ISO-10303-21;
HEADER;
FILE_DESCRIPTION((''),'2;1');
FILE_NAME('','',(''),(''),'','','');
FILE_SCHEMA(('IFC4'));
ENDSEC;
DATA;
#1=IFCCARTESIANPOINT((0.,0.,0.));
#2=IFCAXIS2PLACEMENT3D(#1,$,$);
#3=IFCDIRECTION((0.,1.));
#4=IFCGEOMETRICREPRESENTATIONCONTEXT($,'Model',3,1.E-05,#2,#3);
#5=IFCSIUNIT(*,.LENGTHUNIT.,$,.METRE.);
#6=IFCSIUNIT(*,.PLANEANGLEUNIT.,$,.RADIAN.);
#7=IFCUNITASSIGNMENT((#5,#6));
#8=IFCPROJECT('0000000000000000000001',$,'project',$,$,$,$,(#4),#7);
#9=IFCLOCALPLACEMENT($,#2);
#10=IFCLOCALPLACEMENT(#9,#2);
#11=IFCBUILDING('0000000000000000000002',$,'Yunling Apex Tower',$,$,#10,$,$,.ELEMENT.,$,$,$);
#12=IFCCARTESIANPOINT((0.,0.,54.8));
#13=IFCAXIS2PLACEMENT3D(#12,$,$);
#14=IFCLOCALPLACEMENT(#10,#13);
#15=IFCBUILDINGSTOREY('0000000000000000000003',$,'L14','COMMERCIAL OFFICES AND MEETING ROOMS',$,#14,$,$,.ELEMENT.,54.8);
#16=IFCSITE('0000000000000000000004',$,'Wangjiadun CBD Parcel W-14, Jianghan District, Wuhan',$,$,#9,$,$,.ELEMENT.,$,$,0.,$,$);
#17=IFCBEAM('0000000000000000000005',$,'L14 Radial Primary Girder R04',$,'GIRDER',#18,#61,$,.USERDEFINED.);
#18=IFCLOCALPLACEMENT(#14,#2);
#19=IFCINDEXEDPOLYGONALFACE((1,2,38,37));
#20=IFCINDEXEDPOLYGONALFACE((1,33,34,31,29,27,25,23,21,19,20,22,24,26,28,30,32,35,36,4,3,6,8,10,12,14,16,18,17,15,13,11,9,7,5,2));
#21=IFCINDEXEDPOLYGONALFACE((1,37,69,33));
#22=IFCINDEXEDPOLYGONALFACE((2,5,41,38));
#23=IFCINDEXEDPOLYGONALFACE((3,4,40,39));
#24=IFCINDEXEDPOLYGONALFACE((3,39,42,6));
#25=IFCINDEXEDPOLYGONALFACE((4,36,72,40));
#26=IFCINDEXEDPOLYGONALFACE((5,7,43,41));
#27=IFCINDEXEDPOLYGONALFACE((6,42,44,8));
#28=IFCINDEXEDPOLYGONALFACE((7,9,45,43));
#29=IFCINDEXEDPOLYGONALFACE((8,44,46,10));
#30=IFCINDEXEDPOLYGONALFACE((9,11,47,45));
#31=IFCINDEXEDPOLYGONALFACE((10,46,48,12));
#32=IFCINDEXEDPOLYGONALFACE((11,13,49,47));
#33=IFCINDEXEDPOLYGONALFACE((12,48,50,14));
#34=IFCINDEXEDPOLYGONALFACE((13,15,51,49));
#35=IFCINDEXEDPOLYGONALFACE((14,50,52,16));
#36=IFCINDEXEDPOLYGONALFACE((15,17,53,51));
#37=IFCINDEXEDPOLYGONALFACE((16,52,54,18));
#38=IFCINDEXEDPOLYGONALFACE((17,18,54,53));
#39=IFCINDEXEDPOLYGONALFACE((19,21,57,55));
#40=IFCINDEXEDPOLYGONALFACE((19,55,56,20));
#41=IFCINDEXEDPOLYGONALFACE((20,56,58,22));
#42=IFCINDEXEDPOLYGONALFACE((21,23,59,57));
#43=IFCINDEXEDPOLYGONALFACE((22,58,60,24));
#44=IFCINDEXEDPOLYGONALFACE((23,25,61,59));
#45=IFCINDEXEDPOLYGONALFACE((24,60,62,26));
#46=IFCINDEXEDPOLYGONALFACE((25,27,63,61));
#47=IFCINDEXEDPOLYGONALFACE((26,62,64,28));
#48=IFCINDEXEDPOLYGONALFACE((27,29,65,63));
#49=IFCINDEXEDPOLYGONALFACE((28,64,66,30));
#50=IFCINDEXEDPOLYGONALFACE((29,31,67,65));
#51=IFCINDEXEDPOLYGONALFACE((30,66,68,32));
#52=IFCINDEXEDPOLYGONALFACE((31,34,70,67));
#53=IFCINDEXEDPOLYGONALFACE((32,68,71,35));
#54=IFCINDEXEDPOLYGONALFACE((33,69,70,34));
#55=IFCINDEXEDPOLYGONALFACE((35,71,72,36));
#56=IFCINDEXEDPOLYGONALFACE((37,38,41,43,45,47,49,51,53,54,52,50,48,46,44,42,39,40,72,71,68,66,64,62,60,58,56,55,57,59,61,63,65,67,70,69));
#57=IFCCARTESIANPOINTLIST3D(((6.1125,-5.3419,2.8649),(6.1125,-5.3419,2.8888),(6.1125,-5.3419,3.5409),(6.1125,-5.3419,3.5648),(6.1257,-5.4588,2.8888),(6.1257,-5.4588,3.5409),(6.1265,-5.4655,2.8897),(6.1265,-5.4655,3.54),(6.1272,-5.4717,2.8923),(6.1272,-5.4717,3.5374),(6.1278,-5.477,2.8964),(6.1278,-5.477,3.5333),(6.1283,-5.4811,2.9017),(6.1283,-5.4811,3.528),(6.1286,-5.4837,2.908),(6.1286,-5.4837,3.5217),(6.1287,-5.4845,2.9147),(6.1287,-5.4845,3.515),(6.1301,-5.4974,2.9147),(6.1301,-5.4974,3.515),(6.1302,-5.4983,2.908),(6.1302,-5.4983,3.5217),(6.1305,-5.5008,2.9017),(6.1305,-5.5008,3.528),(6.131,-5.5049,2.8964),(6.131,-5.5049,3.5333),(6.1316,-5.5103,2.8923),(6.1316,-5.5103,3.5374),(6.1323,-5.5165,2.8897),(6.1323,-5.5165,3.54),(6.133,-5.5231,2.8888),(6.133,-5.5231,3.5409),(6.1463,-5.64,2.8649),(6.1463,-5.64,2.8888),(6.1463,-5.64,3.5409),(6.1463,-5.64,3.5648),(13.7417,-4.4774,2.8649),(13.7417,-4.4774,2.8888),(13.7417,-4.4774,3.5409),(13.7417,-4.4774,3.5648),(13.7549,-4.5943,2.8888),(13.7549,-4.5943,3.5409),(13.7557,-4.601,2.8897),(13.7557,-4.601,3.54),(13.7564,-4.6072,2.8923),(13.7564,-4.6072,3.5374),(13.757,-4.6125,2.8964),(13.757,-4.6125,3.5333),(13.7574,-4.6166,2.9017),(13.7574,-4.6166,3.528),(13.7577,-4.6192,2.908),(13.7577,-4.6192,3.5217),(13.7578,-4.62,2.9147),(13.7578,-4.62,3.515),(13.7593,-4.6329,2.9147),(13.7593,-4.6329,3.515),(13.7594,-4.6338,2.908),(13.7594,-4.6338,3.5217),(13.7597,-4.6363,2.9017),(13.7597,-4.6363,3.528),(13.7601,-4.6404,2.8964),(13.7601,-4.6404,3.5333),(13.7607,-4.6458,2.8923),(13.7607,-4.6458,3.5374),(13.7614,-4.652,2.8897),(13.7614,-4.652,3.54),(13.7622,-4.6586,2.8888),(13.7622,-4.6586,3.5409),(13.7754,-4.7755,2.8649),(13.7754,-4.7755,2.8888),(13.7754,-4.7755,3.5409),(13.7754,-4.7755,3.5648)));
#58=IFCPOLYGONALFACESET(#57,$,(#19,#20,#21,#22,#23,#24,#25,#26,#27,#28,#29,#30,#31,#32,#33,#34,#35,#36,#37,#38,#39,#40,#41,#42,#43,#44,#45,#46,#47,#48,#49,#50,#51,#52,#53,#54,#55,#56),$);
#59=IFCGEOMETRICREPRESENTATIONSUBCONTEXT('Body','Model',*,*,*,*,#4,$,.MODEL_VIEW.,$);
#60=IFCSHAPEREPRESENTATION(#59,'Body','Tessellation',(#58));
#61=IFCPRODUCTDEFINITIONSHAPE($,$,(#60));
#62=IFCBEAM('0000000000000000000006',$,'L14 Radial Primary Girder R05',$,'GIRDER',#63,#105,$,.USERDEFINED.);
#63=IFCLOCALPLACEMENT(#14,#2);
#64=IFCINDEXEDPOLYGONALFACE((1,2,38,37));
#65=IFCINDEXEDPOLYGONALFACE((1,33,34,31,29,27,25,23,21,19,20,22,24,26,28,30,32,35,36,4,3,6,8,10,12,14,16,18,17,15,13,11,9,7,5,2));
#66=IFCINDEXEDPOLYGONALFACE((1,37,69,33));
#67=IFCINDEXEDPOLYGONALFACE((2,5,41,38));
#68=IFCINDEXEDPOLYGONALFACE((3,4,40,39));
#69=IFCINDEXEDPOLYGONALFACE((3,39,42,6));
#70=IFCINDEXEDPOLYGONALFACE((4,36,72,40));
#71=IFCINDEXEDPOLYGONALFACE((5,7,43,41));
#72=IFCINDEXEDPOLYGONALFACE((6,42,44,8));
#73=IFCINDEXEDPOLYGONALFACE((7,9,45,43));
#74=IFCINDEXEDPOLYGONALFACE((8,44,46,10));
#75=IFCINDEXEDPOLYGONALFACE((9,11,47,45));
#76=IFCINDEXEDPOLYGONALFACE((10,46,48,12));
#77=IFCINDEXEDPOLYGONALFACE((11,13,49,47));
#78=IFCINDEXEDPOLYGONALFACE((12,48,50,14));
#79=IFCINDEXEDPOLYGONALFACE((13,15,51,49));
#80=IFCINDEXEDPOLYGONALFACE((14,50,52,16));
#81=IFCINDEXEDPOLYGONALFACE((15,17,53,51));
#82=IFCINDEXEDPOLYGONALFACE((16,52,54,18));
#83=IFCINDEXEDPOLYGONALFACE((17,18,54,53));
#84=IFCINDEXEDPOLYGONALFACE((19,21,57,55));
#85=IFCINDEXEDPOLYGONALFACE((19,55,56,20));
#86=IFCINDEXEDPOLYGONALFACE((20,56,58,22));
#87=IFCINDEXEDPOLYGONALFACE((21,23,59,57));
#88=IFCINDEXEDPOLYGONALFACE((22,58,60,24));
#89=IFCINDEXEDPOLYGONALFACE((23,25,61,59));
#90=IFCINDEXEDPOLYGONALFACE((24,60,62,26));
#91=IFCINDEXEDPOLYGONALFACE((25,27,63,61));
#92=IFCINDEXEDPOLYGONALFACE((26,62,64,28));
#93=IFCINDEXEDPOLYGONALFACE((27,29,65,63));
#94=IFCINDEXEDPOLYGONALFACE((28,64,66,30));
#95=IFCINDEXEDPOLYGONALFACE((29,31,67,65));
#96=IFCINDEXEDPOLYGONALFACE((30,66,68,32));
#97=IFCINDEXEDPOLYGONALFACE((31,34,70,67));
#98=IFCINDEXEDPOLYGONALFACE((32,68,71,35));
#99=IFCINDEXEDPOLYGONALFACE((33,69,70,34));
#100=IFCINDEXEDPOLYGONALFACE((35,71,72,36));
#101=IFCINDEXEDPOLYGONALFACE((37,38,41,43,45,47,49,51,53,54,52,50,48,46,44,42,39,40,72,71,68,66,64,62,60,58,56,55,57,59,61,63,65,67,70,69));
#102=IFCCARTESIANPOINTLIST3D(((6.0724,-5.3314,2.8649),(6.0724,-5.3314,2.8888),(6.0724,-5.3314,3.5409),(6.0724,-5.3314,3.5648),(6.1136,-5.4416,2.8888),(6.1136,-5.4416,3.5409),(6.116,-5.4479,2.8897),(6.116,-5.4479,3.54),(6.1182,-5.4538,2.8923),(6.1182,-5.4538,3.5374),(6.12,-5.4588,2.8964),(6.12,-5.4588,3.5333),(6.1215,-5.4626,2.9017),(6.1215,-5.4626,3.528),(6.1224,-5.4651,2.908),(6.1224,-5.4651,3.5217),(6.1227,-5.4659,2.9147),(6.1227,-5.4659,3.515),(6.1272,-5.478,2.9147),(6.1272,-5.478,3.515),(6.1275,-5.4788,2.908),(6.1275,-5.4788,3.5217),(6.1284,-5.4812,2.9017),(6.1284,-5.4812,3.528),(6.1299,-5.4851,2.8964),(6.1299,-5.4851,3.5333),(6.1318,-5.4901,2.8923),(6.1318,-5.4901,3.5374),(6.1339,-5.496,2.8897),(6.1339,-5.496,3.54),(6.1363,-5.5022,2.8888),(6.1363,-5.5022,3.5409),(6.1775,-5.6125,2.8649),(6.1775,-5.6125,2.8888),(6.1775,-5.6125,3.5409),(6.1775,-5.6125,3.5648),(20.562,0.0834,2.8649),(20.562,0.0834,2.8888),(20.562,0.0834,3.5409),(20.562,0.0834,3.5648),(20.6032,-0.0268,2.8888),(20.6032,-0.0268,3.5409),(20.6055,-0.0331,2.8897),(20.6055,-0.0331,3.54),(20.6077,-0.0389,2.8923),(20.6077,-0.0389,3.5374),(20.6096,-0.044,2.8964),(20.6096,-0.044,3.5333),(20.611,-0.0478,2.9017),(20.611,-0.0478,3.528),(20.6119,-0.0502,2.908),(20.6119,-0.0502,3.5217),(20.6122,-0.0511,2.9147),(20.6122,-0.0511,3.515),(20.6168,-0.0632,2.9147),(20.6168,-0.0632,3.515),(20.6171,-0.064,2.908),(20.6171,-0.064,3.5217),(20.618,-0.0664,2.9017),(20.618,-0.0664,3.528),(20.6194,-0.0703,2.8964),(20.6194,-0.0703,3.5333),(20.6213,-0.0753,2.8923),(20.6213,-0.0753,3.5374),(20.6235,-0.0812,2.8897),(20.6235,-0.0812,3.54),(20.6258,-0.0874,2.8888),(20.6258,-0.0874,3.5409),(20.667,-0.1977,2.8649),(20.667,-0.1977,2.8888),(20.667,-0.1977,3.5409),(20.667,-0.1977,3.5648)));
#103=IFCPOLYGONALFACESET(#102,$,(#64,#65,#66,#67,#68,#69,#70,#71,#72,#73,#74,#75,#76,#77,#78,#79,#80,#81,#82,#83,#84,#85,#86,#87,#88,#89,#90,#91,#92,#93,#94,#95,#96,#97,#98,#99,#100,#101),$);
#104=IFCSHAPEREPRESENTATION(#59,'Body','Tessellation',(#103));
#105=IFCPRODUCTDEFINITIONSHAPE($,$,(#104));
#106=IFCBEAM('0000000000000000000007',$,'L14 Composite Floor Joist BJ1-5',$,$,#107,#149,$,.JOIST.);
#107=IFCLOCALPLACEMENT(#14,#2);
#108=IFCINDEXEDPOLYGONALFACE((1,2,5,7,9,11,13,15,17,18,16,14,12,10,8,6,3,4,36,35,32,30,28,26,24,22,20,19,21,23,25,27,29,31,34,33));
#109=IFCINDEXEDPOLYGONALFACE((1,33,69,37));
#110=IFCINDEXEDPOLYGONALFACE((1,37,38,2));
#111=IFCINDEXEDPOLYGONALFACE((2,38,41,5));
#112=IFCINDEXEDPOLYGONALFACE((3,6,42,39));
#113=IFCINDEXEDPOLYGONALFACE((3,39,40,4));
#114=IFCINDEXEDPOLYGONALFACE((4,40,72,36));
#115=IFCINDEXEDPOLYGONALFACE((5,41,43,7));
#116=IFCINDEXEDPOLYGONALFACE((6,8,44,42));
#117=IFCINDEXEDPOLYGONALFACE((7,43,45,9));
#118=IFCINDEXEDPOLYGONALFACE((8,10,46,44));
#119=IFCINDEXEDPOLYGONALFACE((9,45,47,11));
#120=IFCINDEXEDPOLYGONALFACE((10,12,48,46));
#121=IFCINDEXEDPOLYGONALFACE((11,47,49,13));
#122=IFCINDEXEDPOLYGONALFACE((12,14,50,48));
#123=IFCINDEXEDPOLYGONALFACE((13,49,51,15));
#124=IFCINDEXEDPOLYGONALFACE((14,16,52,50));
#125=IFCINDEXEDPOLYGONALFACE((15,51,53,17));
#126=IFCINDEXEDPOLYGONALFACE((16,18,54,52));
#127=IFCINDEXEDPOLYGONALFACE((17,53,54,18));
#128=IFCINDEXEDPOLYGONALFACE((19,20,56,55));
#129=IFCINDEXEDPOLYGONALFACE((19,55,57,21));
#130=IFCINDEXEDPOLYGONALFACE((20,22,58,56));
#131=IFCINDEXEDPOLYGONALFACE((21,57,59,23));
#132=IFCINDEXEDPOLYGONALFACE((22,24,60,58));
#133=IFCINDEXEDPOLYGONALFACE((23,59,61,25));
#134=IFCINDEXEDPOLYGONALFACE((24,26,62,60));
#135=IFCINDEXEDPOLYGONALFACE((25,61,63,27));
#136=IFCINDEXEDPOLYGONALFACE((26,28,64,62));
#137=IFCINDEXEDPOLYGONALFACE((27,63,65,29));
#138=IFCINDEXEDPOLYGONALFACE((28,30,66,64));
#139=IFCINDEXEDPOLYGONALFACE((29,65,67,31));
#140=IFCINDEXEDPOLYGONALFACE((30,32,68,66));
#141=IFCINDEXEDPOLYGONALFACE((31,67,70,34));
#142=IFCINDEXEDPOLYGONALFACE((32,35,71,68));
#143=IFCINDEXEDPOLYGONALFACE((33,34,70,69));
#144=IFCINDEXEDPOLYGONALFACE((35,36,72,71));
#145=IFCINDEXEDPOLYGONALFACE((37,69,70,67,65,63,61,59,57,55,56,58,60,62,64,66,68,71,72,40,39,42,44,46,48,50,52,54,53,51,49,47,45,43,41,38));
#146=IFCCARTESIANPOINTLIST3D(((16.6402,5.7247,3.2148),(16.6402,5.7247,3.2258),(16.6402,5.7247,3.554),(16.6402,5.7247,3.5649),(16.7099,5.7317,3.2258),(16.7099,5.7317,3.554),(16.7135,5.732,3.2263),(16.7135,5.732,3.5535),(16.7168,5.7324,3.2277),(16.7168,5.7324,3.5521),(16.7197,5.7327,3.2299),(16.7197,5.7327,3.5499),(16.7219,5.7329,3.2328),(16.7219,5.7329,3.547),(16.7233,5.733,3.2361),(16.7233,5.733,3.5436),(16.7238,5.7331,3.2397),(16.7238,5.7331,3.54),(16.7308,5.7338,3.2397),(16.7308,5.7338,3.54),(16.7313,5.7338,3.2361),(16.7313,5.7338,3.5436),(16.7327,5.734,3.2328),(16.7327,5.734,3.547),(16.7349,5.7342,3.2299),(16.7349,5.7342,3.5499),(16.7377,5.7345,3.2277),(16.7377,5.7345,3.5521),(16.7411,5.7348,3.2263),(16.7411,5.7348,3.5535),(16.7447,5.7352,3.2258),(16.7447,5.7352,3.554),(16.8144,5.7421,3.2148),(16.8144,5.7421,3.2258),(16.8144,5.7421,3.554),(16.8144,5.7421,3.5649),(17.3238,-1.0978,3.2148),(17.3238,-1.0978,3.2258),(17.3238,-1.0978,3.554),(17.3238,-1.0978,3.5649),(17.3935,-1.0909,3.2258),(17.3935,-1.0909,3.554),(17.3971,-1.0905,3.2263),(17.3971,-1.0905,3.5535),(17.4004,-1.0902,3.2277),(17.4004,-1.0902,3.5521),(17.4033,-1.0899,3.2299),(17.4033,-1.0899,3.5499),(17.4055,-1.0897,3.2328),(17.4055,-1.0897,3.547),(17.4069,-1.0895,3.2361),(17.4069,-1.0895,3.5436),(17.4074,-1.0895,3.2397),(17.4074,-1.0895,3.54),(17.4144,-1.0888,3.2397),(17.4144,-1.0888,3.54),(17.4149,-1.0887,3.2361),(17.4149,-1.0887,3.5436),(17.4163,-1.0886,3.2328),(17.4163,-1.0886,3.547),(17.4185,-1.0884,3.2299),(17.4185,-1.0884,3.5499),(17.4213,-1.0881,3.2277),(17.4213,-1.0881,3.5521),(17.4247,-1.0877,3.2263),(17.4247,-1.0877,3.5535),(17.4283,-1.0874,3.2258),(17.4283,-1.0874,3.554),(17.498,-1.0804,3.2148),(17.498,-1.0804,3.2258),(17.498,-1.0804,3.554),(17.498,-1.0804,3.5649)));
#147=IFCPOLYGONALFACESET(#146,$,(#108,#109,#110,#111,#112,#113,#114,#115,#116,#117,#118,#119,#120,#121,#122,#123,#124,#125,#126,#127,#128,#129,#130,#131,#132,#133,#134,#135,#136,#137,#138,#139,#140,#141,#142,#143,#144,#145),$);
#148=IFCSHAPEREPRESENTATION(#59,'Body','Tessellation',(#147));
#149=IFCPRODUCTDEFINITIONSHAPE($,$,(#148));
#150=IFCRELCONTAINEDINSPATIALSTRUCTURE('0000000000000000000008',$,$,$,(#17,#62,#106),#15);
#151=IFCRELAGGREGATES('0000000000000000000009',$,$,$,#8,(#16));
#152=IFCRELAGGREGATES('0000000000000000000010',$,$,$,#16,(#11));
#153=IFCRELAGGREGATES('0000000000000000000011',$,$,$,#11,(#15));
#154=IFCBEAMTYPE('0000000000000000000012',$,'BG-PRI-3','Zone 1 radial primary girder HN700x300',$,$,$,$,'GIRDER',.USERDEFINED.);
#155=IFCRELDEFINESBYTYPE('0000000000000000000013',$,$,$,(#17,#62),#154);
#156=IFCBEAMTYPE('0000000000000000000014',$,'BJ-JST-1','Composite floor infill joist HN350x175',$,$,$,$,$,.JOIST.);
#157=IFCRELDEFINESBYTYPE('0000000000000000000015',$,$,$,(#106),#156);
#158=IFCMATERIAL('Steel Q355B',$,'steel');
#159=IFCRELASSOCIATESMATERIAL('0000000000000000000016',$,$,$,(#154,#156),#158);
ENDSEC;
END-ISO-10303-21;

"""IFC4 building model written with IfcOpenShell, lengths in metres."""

from ifc_helpers import new_model, si_unit, direction, frame, origin, origin_2d, place, context, subcontext, project, spatial, i_section, extrude, source, transform, mapped, material, material_profile, profile_set, type_object, element, save


model = new_model("IFC4")

# Units and contexts
model_context = context("Model", 3, precision=1e-05, world=origin(), true_north=direction((0.0, 1.0)))
body_context = subcontext(model_context, "Body", "Model", "MODEL_VIEW")
ifc_project = project(units=[si_unit("LENGTHUNIT", "METRE"), si_unit("PLANEANGLEUNIT", "RADIAN")], contexts=[model_context])

# Site, building, storey
site_placement = place(None, origin())
site = spatial("IfcSite", under=ifc_project, at=site_placement, Name="Wangjiadun CBD Parcel W-14, Jianghan District, Wuhan", CompositionType="ELEMENT", RefElevation=0.0)
building_placement = place(site_placement, origin())
building = spatial("IfcBuilding", under=site, at=building_placement, Name="Yunling Apex Tower", CompositionType="ELEMENT")
storey_placement = place(building_placement, frame((0.0, 0.0, 54.8)))
storey = spatial("IfcBuildingStorey", under=building, at=storey_placement, Name="L14", Description="COMMERCIAL OFFICES AND MEETING ROOMS", CompositionType="ELEMENT", Elevation=54.8)

# Beams
ifc_material_1 = material(Name="Steel Q355B", Category="steel")
ifc_material_profile_1 = material_profile(ifc_material_1, i_section(OverallWidth=0.3, OverallDepth=0.7, WebThickness=0.0129, FlangeThickness=0.0239, FilletRadius=0.0259, at=origin_2d()))
ifc_profile_set_1 = profile_set([ifc_material_profile_1], Name="Steel Q355B")
beam_type_1 = type_object("IfcBeamType", Name="BG-PRI-3", Description="Zone 1 radial primary girder HN700x300", ElementType="GIRDER", PredefinedType="USERDEFINED", material=ifc_profile_set_1)
shared_shape_1 = source(origin(), body_context, "Body", "SweptSolid", [
    extrude(i_section(OverallWidth=0.3, OverallDepth=0.7, WebThickness=0.0129, FlangeThickness=0.0239, FilletRadius=0.0259, at=origin_2d()), origin(), (0.0, 0.0, 1.0), 7.678),
])
beam_1_placement = place(storey_placement, frame((13.7585, -4.6265, 3.2148), z_axis=(-0.993641, -0.112595, 0.0), x_axis=(0.112595, -0.993641, 0.0)))
element("IfcBeam", 1, at=beam_1_placement, inside=storey, type_object=beam_type_1, Name="L14 Radial Primary Girder R04", ObjectType="GIRDER", PredefinedType="USERDEFINED", context=body_context, shape_type="MappedRepresentation", body=[
    mapped(shared_shape_1, transform((0.0, 0.0, 0.0), scale=1.0)),
])
shared_shape_2 = source(origin(), body_context, "Body", "SweptSolid", [
    extrude(i_section(OverallWidth=0.3, OverallDepth=0.7, WebThickness=0.0129, FlangeThickness=0.0239, FilletRadius=0.0259, at=origin_2d()), origin(), (0.0, 0.0, 1.0), 15.4683),
])
beam_2_placement = place(storey_placement, frame((20.6145, -0.0571, 3.2148), z_axis=(-0.936727, -0.350059, 0.0), x_axis=(0.350059, -0.936727, 0.0)))
element("IfcBeam", 2, at=beam_2_placement, inside=storey, type_object=beam_type_1, Name="L14 Radial Primary Girder R05", ObjectType="GIRDER", PredefinedType="USERDEFINED", context=body_context, shape_type="MappedRepresentation", body=[
    mapped(shared_shape_2, transform((0.0, 0.0, 0.0), scale=1.0)),
])
ifc_material_profile_2 = material_profile(ifc_material_1, i_section(OverallWidth=0.175, OverallDepth=0.3501, WebThickness=0.0071, FlangeThickness=0.011, FilletRadius=0.0139, at=origin_2d()))
ifc_profile_set_2 = profile_set([ifc_material_profile_2], Name="Steel Q355B")
beam_type_2 = type_object("IfcBeamType", Name="BJ-JST-1", Description="Composite floor infill joist HN350x175", PredefinedType="JOIST", material=ifc_profile_set_2)
shared_shape_3 = source(origin(), body_context, "Body", "SweptSolid", [
    extrude(i_section(OverallWidth=0.175, OverallDepth=0.3501, WebThickness=0.0071, FlangeThickness=0.011, FilletRadius=0.0139, at=origin_2d()), origin(), (0.0, 0.0, 1.0), 6.8567),
])
beam_3_placement = place(storey_placement, frame((17.4109, -1.0891, 3.3899), z_axis=(-0.099698, 0.995018, 0.0), x_axis=(-0.995018, -0.099698, 0.0)))
element("IfcBeam", 3, at=beam_3_placement, inside=storey, type_object=beam_type_2, Name="L14 Composite Floor Joist BJ1-5", PredefinedType="JOIST", context=body_context, shape_type="MappedRepresentation", body=[
    mapped(shared_shape_3, transform((0.0, 0.0, 0.0), scale=1.0)),
])

save(model, "model.ifc")
